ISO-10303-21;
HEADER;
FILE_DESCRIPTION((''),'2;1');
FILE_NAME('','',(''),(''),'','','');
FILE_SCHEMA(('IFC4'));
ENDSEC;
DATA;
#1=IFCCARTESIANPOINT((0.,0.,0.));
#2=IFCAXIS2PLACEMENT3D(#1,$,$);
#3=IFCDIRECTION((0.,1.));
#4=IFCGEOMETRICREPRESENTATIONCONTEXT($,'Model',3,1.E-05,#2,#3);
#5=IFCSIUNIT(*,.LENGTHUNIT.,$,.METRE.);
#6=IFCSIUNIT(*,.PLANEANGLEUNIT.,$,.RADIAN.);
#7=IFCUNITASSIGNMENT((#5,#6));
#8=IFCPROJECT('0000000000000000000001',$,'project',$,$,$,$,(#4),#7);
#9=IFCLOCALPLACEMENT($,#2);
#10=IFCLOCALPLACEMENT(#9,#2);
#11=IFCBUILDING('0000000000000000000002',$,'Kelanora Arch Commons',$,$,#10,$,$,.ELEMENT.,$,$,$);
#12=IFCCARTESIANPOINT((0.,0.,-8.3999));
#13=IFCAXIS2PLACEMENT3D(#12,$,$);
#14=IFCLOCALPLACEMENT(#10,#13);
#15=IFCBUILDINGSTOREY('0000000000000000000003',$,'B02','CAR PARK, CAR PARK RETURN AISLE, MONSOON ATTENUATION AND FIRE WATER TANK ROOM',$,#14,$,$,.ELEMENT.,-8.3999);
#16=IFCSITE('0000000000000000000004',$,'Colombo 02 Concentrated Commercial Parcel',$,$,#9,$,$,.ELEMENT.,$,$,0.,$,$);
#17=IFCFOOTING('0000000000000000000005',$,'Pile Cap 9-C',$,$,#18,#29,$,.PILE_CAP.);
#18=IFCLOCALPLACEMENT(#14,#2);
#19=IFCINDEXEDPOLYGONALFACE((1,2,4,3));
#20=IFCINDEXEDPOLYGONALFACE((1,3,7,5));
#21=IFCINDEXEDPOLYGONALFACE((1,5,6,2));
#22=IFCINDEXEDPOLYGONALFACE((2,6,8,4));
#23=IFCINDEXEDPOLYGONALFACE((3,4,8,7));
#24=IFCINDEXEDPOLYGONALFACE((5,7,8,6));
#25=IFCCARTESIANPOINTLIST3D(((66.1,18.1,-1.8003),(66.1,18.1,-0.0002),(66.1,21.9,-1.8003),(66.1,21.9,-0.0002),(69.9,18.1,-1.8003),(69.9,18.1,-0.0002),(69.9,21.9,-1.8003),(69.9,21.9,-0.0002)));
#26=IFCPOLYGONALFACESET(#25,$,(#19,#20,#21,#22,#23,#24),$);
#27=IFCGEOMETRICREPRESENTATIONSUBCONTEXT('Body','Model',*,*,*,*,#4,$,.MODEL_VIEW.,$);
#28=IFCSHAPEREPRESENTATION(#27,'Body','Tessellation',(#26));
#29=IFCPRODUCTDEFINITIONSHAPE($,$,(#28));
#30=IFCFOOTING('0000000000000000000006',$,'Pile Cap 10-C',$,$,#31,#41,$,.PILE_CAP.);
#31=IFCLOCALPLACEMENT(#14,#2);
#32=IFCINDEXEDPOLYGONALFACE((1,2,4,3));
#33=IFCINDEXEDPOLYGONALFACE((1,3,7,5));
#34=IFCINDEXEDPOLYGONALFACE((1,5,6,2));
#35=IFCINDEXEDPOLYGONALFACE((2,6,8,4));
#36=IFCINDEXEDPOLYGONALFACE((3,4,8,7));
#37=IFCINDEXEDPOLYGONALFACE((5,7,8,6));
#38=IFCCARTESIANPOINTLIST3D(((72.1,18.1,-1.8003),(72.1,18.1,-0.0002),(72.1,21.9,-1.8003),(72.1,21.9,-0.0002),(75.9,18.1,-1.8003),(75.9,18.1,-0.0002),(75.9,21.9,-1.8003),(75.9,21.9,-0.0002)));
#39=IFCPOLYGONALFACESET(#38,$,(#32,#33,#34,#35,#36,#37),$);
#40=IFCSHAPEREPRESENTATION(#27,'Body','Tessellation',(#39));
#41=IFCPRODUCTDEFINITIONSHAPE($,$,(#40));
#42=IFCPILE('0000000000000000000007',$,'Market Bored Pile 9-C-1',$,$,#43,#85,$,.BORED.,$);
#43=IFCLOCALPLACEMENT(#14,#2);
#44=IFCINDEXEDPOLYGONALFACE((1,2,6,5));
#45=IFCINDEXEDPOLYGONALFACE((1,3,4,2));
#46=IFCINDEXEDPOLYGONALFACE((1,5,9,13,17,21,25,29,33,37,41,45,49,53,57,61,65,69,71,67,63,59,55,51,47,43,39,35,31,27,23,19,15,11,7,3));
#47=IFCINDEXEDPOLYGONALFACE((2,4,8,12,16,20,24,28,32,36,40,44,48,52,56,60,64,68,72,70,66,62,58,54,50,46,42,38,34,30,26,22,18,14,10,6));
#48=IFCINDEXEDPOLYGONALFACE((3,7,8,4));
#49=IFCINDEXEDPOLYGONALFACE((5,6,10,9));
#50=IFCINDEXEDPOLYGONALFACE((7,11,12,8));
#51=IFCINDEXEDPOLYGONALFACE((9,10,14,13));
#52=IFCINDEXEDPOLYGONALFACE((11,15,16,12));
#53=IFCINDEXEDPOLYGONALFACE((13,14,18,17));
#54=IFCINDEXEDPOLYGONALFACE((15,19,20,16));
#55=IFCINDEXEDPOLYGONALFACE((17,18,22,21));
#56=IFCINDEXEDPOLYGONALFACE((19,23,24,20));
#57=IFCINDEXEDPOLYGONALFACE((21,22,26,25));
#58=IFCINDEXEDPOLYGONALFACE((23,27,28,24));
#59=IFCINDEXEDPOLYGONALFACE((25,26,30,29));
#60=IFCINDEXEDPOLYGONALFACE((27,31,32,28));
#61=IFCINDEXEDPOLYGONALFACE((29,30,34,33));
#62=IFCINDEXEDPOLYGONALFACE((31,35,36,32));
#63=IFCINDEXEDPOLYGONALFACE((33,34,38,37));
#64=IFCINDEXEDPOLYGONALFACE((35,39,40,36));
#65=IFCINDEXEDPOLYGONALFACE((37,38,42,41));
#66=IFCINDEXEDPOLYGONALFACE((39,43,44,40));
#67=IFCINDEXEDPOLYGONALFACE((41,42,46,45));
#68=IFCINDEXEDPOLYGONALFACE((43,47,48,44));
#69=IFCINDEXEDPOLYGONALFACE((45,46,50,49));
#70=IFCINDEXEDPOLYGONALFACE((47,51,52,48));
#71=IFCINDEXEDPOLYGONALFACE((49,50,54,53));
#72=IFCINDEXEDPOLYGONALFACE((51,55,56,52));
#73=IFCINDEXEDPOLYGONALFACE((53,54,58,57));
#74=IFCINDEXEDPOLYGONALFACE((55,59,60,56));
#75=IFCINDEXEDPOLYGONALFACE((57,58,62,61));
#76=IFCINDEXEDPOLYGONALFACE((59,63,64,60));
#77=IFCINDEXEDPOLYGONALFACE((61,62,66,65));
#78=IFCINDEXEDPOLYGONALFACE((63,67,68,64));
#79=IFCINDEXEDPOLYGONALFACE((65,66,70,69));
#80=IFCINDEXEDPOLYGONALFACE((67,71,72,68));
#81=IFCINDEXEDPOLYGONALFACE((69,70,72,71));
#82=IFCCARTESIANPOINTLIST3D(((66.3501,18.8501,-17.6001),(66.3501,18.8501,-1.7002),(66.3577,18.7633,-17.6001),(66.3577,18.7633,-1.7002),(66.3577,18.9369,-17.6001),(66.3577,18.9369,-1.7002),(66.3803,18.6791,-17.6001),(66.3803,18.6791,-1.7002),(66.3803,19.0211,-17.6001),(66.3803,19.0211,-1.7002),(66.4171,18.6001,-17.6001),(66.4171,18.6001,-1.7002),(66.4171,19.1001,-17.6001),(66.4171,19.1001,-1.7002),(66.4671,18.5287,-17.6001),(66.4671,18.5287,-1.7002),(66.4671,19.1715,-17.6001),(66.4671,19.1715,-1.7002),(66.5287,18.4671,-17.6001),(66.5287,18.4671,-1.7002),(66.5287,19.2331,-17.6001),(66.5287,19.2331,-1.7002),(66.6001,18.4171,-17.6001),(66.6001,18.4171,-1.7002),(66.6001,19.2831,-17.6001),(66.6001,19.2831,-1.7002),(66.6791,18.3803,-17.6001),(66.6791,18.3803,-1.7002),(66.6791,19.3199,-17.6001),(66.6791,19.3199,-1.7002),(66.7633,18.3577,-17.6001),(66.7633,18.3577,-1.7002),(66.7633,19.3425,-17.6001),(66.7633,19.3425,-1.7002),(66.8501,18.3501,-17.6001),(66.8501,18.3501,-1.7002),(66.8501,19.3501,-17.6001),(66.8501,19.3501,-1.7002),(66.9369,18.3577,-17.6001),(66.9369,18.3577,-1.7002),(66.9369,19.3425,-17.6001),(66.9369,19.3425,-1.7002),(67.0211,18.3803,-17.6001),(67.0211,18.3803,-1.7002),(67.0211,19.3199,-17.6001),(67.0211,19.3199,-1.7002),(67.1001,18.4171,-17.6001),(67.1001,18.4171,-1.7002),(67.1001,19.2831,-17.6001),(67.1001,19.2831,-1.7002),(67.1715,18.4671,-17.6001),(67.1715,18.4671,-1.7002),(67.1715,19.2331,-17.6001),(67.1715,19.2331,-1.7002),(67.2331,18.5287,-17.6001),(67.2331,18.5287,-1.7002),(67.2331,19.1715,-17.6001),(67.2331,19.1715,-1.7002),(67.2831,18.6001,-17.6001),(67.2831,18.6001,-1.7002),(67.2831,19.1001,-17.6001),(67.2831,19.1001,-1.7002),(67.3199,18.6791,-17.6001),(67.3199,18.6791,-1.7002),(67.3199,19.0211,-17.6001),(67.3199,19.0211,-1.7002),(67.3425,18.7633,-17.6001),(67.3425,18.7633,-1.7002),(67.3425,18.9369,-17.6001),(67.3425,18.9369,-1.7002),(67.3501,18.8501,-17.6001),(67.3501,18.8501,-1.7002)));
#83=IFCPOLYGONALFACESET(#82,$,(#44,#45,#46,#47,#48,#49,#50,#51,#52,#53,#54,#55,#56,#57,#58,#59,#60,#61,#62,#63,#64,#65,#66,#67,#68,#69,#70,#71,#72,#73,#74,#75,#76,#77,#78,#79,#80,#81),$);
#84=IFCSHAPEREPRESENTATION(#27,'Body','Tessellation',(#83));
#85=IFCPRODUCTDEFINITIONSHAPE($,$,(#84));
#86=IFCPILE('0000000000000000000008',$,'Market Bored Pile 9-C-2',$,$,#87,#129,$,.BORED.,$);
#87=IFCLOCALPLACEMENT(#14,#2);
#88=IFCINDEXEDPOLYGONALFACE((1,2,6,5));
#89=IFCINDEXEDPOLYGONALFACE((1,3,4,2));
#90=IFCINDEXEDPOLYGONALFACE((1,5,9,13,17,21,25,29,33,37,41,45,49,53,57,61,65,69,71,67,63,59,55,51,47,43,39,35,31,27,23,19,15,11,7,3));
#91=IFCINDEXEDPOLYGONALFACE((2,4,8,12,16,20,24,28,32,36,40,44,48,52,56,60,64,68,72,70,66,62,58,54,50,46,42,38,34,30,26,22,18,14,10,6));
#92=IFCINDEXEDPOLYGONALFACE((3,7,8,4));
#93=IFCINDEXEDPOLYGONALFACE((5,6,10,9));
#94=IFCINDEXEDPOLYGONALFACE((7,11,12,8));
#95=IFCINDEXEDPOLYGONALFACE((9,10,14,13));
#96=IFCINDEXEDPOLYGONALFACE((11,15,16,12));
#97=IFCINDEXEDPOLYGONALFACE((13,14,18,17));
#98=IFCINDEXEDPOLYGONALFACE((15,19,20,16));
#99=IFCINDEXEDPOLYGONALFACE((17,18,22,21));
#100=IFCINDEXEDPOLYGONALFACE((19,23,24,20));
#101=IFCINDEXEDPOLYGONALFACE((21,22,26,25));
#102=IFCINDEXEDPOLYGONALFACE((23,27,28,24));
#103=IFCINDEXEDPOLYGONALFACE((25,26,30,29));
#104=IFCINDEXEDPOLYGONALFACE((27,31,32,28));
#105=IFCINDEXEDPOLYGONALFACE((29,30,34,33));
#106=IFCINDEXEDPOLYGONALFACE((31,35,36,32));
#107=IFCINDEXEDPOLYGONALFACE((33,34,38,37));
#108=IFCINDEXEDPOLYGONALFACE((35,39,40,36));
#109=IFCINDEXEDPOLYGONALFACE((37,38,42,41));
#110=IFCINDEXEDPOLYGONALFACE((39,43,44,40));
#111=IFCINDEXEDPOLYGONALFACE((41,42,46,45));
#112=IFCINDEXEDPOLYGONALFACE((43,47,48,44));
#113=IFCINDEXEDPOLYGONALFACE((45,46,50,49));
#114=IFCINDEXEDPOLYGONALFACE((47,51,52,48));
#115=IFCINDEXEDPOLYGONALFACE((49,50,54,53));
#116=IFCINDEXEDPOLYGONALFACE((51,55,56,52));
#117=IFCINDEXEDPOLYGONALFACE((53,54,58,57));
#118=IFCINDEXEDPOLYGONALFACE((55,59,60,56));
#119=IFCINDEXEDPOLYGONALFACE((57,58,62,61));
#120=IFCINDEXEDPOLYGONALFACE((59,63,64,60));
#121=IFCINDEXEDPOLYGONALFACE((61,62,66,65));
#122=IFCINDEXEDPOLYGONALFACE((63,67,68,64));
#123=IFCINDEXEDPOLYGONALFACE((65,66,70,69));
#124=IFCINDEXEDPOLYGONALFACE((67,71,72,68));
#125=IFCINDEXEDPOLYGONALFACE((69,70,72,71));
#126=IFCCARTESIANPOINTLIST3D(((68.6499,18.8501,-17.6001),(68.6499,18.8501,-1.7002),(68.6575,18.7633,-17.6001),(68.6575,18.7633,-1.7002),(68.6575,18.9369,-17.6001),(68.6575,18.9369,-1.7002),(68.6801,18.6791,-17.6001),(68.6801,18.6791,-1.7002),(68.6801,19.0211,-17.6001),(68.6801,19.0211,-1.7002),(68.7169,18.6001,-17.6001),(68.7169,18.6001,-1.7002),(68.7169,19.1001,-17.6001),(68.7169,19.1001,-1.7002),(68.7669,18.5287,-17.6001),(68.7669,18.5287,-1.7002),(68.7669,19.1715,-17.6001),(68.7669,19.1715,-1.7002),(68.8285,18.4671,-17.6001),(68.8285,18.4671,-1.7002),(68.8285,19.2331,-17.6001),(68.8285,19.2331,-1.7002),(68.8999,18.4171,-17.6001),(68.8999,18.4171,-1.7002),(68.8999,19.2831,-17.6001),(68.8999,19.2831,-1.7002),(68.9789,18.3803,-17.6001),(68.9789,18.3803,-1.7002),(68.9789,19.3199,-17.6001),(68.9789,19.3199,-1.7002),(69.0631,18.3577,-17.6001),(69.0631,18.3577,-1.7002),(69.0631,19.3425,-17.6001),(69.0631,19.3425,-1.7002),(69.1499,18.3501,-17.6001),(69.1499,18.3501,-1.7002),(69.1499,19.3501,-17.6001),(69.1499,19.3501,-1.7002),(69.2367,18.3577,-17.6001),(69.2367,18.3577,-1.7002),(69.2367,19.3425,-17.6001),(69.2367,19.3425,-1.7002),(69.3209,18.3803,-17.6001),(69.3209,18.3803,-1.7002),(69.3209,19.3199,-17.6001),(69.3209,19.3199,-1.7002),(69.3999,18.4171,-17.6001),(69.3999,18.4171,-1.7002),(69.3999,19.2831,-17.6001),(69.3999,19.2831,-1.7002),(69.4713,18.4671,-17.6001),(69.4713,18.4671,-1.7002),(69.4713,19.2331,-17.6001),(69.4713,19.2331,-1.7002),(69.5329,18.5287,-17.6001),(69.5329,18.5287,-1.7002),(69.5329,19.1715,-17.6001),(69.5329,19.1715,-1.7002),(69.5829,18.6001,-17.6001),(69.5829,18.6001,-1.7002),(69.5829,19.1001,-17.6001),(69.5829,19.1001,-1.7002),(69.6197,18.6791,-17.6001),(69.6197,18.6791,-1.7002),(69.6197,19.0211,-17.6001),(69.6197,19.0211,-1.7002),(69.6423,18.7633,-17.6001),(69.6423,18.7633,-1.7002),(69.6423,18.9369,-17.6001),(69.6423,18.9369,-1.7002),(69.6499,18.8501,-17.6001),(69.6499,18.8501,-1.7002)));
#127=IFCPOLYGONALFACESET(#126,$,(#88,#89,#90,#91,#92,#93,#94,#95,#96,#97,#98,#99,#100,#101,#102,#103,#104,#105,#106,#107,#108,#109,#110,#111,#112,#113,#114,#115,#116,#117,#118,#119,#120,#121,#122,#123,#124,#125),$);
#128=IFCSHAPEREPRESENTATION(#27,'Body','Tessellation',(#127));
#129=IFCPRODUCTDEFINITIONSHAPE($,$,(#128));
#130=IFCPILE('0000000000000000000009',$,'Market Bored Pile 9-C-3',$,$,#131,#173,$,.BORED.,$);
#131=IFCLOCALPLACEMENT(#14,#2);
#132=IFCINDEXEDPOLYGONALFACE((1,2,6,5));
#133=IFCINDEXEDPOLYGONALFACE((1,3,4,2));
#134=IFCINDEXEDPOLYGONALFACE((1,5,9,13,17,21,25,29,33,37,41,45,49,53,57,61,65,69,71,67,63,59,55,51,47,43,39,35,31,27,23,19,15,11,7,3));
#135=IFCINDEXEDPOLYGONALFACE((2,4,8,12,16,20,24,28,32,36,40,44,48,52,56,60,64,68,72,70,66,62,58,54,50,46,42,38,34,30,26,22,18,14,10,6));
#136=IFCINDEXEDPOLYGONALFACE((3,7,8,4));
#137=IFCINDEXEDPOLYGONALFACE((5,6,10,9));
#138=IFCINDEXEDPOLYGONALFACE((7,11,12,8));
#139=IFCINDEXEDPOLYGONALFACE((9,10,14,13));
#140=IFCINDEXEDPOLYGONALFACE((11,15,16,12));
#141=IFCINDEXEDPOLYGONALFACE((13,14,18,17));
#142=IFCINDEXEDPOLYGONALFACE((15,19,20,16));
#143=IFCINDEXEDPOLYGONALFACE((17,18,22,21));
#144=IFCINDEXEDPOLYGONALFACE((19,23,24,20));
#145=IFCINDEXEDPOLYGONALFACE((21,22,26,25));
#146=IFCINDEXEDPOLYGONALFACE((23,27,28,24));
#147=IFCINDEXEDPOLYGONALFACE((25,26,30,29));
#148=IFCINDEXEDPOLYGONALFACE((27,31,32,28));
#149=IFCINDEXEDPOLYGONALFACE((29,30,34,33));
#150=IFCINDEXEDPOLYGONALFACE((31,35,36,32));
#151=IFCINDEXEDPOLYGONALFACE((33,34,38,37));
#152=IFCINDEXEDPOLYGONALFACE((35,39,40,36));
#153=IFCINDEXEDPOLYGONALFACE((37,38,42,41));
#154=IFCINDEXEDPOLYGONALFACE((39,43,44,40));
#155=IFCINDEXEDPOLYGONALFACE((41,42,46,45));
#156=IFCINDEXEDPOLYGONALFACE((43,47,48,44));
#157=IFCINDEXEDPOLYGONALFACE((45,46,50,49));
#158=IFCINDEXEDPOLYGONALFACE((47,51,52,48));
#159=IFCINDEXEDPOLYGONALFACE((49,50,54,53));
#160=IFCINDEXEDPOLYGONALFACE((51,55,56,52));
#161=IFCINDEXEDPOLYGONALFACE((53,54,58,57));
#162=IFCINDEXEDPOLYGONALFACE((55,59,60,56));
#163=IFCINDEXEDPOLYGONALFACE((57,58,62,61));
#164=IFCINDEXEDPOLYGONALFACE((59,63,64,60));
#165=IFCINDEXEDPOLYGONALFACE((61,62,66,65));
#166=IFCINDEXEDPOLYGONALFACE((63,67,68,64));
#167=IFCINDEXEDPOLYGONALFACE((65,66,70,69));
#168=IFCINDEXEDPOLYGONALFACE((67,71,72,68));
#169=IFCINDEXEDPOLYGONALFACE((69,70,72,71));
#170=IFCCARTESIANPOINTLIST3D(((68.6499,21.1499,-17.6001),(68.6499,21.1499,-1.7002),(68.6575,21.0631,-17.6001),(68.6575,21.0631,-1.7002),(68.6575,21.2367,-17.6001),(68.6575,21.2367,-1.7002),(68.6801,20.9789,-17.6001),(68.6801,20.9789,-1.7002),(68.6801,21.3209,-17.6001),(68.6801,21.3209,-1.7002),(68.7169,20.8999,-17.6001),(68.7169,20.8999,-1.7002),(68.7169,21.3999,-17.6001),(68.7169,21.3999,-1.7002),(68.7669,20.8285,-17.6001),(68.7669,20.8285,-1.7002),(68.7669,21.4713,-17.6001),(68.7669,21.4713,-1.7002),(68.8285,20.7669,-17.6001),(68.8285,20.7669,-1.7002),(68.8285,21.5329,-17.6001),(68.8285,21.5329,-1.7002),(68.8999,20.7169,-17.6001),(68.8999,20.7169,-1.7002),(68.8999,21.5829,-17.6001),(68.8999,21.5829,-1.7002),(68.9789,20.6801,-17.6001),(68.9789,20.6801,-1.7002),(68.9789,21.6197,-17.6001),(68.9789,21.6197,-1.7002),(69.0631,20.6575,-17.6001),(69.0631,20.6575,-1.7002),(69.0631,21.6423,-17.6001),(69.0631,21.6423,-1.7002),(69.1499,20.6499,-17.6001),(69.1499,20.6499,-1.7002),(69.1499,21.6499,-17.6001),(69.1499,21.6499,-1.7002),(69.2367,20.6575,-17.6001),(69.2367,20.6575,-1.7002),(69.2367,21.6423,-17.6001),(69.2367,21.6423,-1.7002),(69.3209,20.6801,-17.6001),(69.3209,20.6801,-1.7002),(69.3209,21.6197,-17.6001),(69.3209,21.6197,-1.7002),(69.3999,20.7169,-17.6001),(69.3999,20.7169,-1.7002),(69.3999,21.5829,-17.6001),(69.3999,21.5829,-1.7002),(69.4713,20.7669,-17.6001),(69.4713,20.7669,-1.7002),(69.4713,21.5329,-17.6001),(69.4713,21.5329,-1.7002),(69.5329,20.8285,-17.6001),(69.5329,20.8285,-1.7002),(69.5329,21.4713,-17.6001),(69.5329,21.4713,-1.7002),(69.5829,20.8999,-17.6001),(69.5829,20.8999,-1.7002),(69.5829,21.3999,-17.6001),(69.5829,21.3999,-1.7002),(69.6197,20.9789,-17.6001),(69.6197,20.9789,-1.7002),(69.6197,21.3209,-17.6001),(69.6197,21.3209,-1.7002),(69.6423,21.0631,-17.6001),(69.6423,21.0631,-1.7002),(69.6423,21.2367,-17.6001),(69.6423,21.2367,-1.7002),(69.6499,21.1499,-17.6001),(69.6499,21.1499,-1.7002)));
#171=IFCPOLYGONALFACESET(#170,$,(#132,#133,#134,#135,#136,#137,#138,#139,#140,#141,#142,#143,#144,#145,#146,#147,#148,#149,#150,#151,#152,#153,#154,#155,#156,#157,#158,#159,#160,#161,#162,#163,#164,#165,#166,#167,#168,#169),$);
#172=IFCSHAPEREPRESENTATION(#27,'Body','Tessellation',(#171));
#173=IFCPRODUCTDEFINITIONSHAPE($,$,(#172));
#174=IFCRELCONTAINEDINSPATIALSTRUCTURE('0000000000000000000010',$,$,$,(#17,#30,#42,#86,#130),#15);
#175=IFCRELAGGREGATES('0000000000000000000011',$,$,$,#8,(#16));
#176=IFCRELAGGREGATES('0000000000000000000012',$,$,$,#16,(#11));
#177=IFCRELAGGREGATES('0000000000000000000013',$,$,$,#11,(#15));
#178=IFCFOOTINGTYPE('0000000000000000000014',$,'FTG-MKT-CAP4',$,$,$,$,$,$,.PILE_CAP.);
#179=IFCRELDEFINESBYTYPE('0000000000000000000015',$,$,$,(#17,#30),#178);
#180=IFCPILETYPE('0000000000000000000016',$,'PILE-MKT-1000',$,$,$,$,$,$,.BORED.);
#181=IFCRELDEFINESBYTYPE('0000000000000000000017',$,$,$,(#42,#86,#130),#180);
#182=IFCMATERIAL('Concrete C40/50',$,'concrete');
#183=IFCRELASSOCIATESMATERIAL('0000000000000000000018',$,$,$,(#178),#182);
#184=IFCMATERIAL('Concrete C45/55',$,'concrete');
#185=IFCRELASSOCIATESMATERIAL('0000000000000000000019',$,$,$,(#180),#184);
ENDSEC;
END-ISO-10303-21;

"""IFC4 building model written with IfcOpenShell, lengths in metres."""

from ifc_helpers import new_model, si_unit, direction, frame, origin, origin_2d, place, context, subcontext, project, spatial, rectangle, circle, extrude, source, transform, mapped, material, material_profile, profile_set, type_object, element, save


model = new_model("IFC4")

# Units and contexts
model_context = context("Model", 3, precision=1e-05, world=origin(), true_north=direction((0.0, 1.0)))
body_context = subcontext(model_context, "Body", "Model", "MODEL_VIEW")
ifc_project = project(units=[si_unit("LENGTHUNIT", "METRE"), si_unit("PLANEANGLEUNIT", "RADIAN")], contexts=[model_context])

# Site, building, storey
site_placement = place(None, origin())
site = spatial("IfcSite", under=ifc_project, at=site_placement, Name="Colombo 02 Concentrated Commercial Parcel", CompositionType="ELEMENT", RefElevation=0.0)
building_placement = place(site_placement, origin())
building = spatial("IfcBuilding", under=site, at=building_placement, Name="Kelanora Arch Commons", CompositionType="ELEMENT")
storey_placement = place(building_placement, frame((0.0, 0.0, -8.3999)))
storey = spatial("IfcBuildingStorey", under=building, at=storey_placement, Name="B02", Description="CAR PARK, CAR PARK RETURN AISLE, MONSOON ATTENUATION AND FIRE WATER TANK ROOM", CompositionType="ELEMENT", Elevation=-8.3999)

# Footings
ifc_material_1 = material(Name="Concrete C40/50", Category="concrete")
footing_type_1 = type_object("IfcFootingType", Name="FTG-MKT-CAP4", PredefinedType="PILE_CAP", material=ifc_material_1)
shared_shape_1 = source(origin(), body_context, "Body", "SweptSolid", [
    extrude(rectangle(XDim=3.8, YDim=3.8, at=origin_2d()), origin(), (0.0, 0.0, 1.0), 1.8),
])
for number, where, z_axis, x_axis, name in (
    (1, (68.0, 20.0, -1.8003), (0.0, 0.0, 1.0), (1.0, 0.0, 0.0), "Pile Cap 9-C"),
    (2, (74.0, 20.0, -1.8003), (0.0, 0.0, 1.0), (1.0, 0.0, 0.0), "Pile Cap 10-C"),
):
    element("IfcFooting", number, at=place(storey_placement, frame(where, z_axis=z_axis, x_axis=x_axis)), inside=storey, type_object=footing_type_1, Name=name, PredefinedType="PILE_CAP", context=body_context, shape_type="MappedRepresentation", body=[
        mapped(shared_shape_1, transform((0.0, 0.0, 0.0), scale=1.0)),
    ])

# Piles
ifc_material_2 = material(Name="Concrete C45/55", Category="concrete")
ifc_material_profile_1 = material_profile(ifc_material_2, circle(Radius=0.5, at=origin_2d()), Name="PILE1000")
ifc_profile_set_1 = profile_set([ifc_material_profile_1], Name="Concrete C45/55")
pile_type = type_object("IfcPileType", Name="PILE-MKT-1000", PredefinedType="BORED", material=ifc_profile_set_1)
shared_shape_2 = source(origin(), body_context, "Body", "SweptSolid", [
    extrude(circle(Radius=0.5, at=origin_2d()), origin(), (0.0, 0.0, 1.0), 15.8999),
])
for number, where, z_axis, x_axis, name in (
    (3, (66.8501, 18.8501, -1.7002), (0.0, 0.0, -1.0), (1.0, 0.0, 0.0), "Market Bored Pile 9-C-1"),
    (4, (69.1499, 18.8501, -1.7002), (0.0, 0.0, -1.0), (1.0, 0.0, 0.0), "Market Bored Pile 9-C-2"),
    (5, (69.1499, 21.1499, -1.7002), (0.0, 0.0, -1.0), (1.0, 0.0, 0.0), "Market Bored Pile 9-C-3"),
):
    element("IfcPile", number, at=place(storey_placement, frame(where, z_axis=z_axis, x_axis=x_axis)), inside=storey, type_object=pile_type, Name=name, PredefinedType="BORED", context=body_context, shape_type="MappedRepresentation", body=[
        mapped(shared_shape_2, transform((0.0, 0.0, 0.0), scale=1.0)),
    ])

save(model, "model.ifc")
